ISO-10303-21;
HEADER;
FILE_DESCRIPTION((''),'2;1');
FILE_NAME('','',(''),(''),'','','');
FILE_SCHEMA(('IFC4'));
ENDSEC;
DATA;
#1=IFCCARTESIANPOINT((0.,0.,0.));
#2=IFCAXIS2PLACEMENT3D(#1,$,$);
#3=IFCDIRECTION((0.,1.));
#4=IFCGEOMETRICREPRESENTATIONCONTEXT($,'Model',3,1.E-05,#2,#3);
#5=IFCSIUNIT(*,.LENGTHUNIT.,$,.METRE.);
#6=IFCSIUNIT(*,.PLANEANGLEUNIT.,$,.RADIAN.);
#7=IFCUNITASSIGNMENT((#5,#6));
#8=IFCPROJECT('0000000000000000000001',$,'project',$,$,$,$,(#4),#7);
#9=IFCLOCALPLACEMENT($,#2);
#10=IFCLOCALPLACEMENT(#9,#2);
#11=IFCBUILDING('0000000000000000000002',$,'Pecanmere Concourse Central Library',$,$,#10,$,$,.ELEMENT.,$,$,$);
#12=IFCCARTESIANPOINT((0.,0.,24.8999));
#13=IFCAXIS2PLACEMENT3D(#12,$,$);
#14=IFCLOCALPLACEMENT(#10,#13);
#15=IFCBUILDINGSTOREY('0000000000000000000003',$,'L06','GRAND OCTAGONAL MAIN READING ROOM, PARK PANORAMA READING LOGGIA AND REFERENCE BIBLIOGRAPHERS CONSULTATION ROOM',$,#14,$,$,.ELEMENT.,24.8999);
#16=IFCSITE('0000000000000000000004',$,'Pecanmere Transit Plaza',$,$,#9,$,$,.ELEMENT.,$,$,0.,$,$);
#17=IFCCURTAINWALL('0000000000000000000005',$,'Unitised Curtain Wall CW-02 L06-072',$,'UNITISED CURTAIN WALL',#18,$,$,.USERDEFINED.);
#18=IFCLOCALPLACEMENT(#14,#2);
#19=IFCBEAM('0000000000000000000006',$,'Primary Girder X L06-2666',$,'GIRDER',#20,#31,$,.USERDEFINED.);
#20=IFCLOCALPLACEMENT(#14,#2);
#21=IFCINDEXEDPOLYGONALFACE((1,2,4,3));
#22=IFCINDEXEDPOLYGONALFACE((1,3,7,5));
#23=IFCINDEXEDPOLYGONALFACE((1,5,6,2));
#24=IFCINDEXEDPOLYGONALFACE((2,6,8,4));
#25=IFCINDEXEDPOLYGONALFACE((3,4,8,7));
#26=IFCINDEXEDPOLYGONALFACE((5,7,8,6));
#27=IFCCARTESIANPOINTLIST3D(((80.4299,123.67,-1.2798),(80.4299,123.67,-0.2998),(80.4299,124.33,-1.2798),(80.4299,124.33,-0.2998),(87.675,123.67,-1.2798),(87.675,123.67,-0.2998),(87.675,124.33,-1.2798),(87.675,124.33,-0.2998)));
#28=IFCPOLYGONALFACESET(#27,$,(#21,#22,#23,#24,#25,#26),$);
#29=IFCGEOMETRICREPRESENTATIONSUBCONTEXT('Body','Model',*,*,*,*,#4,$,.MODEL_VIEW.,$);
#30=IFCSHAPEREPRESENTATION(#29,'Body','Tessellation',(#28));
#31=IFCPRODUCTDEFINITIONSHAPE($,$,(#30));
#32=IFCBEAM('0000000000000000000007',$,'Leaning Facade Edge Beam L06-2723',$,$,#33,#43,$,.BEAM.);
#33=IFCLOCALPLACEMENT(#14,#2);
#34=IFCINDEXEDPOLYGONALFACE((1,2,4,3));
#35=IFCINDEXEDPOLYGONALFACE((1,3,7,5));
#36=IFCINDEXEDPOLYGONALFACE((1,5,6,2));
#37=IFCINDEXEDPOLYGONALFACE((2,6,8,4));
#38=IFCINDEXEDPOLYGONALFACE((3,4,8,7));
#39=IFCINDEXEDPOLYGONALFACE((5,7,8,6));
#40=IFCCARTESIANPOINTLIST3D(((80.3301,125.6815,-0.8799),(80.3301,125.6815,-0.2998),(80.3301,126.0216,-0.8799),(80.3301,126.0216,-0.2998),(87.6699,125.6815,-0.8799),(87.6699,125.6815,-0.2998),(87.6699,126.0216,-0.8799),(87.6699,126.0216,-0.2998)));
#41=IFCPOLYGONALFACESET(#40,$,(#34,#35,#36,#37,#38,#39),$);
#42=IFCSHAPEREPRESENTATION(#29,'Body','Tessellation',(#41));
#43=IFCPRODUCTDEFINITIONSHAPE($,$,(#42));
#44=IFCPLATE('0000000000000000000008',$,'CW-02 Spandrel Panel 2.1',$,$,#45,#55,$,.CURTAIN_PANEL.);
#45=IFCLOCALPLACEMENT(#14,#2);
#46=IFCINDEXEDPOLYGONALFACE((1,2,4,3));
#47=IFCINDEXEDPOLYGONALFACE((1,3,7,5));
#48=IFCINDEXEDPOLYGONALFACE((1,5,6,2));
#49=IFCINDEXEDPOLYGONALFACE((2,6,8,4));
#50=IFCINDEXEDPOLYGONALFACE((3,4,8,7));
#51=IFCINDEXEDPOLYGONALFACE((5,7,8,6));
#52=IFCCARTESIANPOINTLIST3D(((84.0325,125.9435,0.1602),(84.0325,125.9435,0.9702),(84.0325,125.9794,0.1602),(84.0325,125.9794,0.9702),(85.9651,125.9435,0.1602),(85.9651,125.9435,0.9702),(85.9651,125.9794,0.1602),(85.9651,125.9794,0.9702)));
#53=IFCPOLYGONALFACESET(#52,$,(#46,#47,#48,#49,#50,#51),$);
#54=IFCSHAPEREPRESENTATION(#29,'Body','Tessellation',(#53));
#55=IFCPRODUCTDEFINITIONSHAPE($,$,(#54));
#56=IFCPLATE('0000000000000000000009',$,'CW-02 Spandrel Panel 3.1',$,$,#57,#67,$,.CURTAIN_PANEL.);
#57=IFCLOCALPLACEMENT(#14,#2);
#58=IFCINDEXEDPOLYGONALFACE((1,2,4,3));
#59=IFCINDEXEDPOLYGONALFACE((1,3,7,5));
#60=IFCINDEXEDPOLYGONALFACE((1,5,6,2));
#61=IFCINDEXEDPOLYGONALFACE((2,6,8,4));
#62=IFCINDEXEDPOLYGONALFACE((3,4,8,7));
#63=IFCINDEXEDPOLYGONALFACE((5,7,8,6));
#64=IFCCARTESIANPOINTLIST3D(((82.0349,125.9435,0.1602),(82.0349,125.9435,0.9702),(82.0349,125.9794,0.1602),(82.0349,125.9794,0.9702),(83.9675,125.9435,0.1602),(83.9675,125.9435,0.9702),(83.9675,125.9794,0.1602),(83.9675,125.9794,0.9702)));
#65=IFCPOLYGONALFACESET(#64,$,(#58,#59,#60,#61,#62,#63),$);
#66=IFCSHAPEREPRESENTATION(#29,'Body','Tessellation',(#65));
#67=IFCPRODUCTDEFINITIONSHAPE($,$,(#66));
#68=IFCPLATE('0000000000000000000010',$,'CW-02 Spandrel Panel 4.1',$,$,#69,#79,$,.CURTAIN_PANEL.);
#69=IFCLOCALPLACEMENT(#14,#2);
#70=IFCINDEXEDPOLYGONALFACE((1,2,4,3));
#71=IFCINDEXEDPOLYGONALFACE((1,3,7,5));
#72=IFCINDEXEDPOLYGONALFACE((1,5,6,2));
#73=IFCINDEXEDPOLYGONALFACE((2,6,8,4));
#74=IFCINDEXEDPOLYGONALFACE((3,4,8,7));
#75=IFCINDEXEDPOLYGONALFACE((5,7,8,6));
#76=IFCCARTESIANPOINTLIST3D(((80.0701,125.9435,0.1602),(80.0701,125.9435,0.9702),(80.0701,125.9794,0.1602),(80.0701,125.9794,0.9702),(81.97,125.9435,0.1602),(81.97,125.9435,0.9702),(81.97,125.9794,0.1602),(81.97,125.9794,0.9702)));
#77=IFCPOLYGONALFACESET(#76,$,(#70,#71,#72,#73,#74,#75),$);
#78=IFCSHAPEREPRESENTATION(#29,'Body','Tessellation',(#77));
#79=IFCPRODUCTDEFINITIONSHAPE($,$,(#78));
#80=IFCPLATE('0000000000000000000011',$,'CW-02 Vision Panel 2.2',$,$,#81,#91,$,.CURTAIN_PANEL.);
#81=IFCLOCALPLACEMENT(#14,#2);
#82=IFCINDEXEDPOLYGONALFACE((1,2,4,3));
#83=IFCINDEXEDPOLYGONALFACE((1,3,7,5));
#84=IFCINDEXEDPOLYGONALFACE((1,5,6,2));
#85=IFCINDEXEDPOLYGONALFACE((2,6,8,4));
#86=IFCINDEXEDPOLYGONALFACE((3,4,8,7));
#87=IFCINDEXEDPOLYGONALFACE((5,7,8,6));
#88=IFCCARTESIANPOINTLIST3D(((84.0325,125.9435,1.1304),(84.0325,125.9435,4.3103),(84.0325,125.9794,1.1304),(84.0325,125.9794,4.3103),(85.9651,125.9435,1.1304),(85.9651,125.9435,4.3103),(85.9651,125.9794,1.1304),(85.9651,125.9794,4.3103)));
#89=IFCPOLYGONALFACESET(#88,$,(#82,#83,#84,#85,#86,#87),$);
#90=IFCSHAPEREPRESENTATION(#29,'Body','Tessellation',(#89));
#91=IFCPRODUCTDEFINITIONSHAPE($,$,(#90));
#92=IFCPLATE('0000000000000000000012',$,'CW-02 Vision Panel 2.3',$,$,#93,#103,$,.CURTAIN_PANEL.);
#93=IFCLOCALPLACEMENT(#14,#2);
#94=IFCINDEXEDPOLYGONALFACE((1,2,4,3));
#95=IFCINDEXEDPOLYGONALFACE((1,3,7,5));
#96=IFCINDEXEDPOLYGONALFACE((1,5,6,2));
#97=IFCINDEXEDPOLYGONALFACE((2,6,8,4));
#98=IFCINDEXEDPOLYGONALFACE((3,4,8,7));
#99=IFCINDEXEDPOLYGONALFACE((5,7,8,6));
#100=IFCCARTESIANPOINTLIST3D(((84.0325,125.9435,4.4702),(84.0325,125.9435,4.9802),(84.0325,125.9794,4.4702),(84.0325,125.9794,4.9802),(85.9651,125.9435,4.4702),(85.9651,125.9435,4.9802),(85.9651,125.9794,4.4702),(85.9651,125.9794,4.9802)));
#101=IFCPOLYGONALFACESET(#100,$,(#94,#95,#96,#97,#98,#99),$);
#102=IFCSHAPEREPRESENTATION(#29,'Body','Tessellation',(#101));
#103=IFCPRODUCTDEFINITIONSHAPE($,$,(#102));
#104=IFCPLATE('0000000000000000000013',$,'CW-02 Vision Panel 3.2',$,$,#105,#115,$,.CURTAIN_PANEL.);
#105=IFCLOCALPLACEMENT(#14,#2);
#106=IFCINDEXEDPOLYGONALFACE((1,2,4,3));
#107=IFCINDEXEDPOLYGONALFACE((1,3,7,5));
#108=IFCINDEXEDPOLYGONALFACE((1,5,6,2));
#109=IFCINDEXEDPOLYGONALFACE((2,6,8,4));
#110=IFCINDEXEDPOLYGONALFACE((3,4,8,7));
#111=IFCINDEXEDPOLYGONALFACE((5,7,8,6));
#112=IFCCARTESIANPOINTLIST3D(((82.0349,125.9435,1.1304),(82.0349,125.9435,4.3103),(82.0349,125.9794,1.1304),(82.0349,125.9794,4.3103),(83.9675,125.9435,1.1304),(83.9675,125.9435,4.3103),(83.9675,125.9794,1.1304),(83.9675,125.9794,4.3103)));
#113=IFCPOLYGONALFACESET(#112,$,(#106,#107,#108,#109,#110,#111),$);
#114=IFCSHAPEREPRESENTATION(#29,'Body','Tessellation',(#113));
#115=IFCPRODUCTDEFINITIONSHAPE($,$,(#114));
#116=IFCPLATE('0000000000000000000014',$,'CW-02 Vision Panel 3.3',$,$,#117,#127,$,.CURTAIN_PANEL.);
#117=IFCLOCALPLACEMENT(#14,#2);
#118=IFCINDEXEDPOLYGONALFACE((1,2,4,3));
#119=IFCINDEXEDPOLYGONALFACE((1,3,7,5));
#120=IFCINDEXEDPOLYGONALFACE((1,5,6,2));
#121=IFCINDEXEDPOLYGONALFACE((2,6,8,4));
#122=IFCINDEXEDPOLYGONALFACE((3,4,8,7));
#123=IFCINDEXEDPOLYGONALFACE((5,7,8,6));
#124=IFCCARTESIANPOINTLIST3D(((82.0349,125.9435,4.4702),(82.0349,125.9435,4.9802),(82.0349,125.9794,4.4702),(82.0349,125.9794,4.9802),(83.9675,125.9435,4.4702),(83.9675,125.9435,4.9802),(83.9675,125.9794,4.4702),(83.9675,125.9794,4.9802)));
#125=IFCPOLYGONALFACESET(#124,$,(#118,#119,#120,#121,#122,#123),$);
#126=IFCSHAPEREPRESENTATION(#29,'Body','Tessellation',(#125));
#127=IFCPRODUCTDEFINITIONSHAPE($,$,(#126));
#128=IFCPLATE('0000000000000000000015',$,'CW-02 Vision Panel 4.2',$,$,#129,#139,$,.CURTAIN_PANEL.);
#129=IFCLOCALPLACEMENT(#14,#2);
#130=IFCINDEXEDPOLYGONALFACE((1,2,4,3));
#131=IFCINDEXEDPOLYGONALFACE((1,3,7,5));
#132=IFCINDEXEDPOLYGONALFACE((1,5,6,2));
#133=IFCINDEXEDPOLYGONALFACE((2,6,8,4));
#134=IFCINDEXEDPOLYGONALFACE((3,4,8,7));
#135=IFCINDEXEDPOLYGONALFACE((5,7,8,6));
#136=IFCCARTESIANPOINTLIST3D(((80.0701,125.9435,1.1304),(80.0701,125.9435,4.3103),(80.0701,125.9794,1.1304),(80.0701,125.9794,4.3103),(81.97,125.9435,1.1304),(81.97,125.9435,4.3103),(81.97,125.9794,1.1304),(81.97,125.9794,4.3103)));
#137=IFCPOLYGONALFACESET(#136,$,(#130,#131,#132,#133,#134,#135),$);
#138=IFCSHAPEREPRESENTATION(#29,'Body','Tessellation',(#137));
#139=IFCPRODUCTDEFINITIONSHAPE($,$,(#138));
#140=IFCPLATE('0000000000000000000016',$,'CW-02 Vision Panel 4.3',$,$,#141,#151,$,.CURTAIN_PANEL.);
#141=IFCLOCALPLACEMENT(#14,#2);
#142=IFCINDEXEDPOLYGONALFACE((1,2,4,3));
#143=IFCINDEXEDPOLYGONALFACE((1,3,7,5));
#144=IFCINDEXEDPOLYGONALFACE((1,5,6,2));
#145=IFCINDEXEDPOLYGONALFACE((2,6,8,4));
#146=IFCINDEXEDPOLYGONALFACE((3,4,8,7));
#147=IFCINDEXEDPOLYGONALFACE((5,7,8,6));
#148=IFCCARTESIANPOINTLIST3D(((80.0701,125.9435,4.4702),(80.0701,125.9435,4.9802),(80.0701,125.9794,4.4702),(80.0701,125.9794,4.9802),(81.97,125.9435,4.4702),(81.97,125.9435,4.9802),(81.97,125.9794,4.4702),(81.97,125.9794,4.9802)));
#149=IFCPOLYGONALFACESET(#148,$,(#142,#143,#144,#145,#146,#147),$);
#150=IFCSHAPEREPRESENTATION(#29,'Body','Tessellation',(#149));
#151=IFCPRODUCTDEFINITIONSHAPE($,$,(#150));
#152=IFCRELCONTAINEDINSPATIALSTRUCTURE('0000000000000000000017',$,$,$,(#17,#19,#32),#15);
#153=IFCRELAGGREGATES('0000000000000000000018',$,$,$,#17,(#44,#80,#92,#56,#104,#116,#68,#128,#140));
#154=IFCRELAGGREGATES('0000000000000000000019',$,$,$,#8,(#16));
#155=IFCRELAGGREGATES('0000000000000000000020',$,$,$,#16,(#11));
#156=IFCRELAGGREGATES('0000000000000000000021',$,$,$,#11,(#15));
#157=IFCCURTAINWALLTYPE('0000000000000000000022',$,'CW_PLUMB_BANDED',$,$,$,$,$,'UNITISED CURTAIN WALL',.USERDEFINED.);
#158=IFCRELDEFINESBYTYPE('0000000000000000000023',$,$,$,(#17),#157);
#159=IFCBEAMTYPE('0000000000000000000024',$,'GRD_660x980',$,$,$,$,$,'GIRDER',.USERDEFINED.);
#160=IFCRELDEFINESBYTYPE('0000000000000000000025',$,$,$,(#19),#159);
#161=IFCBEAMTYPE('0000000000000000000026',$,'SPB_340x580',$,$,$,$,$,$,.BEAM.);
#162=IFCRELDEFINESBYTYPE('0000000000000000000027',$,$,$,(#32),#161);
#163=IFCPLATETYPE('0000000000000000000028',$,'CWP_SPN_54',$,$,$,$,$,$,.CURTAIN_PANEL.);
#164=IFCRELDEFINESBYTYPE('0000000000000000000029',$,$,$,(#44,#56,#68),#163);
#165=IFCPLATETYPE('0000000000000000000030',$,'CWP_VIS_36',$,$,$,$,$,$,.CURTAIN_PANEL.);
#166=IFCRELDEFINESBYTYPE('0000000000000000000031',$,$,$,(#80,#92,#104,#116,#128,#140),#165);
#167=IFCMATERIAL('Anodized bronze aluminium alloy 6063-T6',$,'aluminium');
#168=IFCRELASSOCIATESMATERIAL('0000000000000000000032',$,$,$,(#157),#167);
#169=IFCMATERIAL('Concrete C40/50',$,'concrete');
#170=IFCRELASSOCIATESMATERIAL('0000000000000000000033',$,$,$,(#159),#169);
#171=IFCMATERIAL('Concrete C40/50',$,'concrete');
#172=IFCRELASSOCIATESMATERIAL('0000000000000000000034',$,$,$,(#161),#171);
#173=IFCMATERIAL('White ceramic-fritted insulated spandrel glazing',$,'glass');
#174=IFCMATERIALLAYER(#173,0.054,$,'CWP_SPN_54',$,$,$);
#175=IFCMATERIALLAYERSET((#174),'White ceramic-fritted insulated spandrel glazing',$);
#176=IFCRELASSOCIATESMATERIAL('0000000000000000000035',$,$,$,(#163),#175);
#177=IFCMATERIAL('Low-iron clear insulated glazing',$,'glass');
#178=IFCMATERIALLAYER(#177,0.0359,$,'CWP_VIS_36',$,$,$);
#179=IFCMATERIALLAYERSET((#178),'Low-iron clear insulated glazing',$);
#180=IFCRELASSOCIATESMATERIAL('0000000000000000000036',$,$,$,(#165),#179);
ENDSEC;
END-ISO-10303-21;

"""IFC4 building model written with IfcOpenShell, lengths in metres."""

from ifc_helpers import new_model, si_unit, direction, frame, origin, origin_2d, place, context, subcontext, project, spatial, rectangle, extrude, material, layer, layer_set, material_profile, profile_set, type_object, element, aggregate, save


model = new_model("IFC4")

# Units and contexts
model_context = context("Model", 3, precision=1e-05, world=origin(), true_north=direction((0.0, 1.0)))
body_context = subcontext(model_context, "Body", "Model", "MODEL_VIEW")
ifc_project = project(units=[si_unit("LENGTHUNIT", "METRE"), si_unit("PLANEANGLEUNIT", "RADIAN")], contexts=[model_context])

# Site, building, storey
site_placement = place(None, origin())
site = spatial("IfcSite", under=ifc_project, at=site_placement, Name="Pecanmere Transit Plaza", CompositionType="ELEMENT", RefElevation=0.0)
building_placement = place(site_placement, origin())
building = spatial("IfcBuilding", under=site, at=building_placement, Name="Pecanmere Concourse Central Library", CompositionType="ELEMENT")
storey_placement = place(building_placement, frame((0.0, 0.0, 24.8999)))
storey = spatial("IfcBuildingStorey", under=building, at=storey_placement, Name="L06", Description="GRAND OCTAGONAL MAIN READING ROOM, PARK PANORAMA READING LOGGIA AND REFERENCE BIBLIOGRAPHERS CONSULTATION ROOM", CompositionType="ELEMENT", Elevation=24.8999)

# Curtain wall
ifc_material_1 = material(Name="Anodized bronze aluminium alloy 6063-T6", Category="aluminium")
curtain_wall_type = type_object("IfcCurtainWallType", Name="CW_PLUMB_BANDED", ElementType="UNITISED CURTAIN WALL", PredefinedType="USERDEFINED", material=ifc_material_1)
curtain_wall_placement = place(storey_placement, origin())
curtain_wall = element("IfcCurtainWall", 1, at=curtain_wall_placement, inside=storey, type_object=curtain_wall_type, Name="Unitised Curtain Wall CW-02 L06-072", ObjectType="UNITISED CURTAIN WALL", PredefinedType="USERDEFINED")

# Beams
ifc_material_2 = material(Name="Concrete C40/50", Category="concrete")
ifc_material_profile_1 = material_profile(ifc_material_2, rectangle(XDim=0.6599, YDim=0.98, at=origin_2d()), Name="RC 660x980")
ifc_profile_set_1 = profile_set([ifc_material_profile_1], Name="Concrete C40/50")
beam_type_1 = type_object("IfcBeamType", Name="GRD_660x980", ElementType="GIRDER", PredefinedType="USERDEFINED", material=ifc_profile_set_1)
beam_1_placement = place(storey_placement, frame((80.4299, 124.0, -0.7898), z_axis=(1.0, 0.0, 0.0), x_axis=(0.0, 1.0, 0.0)))
element("IfcBeam", 2, at=beam_1_placement, inside=storey, type_object=beam_type_1, Name="Primary Girder X L06-2666", ObjectType="GIRDER", PredefinedType="USERDEFINED", context=body_context, shape_type="SweptSolid", body=[
    extrude(rectangle(XDim=0.6599, YDim=0.98, at=origin_2d()), origin(), (0.0, 0.0, 1.0), 7.2451),
])
ifc_material_3 = material(Name="Concrete C40/50", Category="concrete")
ifc_material_profile_2 = material_profile(ifc_material_3, rectangle(XDim=0.3401, YDim=0.5801, at=origin_2d()), Name="RC 340x580")
ifc_profile_set_2 = profile_set([ifc_material_profile_2], Name="Concrete C40/50")
beam_type_2 = type_object("IfcBeamType", Name="SPB_340x580", PredefinedType="BEAM", material=ifc_profile_set_2)
beam_2_placement = place(storey_placement, frame((80.3301, 125.8516, -0.5898), z_axis=(1.0, 0.0, 0.0), x_axis=(0.0, 1.0, 0.0)))
element("IfcBeam", 3, at=beam_2_placement, inside=storey, type_object=beam_type_2, Name="Leaning Facade Edge Beam L06-2723", PredefinedType="BEAM", context=body_context, shape_type="SweptSolid", body=[
    extrude(rectangle(XDim=0.3401, YDim=0.5801, at=origin_2d()), origin(), (0.0, 0.0, 1.0), 7.3398),
])

# Plates
ifc_material_4 = material(Name="White ceramic-fritted insulated spandrel glazing", Category="glass")
ifc_layer_1 = layer(ifc_material_4, 0.054, Name="CWP_SPN_54")
ifc_layer_set_1 = layer_set([ifc_layer_1], Name="White ceramic-fritted insulated spandrel glazing")
plate_type_1 = type_object("IfcPlateType", Name="CWP_SPN_54", PredefinedType="CURTAIN_PANEL", material=ifc_layer_set_1)
plate_1_placement = place(storey_placement, frame((84.9988, 125.9614, 0.1602), z_axis=(0.0, 0.0, 1.0), x_axis=(-1.0, 0.0, 0.0)))
plate_1 = element("IfcPlate", 4, at=plate_1_placement, type_object=plate_type_1, Name="CW-02 Spandrel Panel 2.1", PredefinedType="CURTAIN_PANEL", context=body_context, shape_type="SweptSolid", body=[
    extrude(rectangle(XDim=1.9326, YDim=0.0359, at=origin_2d()), origin(), (0.0, 0.0, 1.0), 0.8101),
])
plate_2_placement = place(storey_placement, frame((83.0012, 125.9614, 0.1602), z_axis=(0.0, 0.0, 1.0), x_axis=(-1.0, 0.0, 0.0)))
plate_2 = element("IfcPlate", 5, at=plate_2_placement, type_object=plate_type_1, Name="CW-02 Spandrel Panel 3.1", PredefinedType="CURTAIN_PANEL", context=body_context, shape_type="SweptSolid", body=[
    extrude(rectangle(XDim=1.9326, YDim=0.0359, at=origin_2d()), origin(), (0.0, 0.0, 1.0), 0.8101),
])
plate_3_placement = place(storey_placement, frame((81.02, 125.9614, 0.1602), z_axis=(0.0, 0.0, 1.0), x_axis=(-1.0, 0.0, 0.0)))
plate_3 = element("IfcPlate", 6, at=plate_3_placement, type_object=plate_type_1, Name="CW-02 Spandrel Panel 4.1", PredefinedType="CURTAIN_PANEL", context=body_context, shape_type="SweptSolid", body=[
    extrude(rectangle(XDim=1.8999, YDim=0.0359, at=origin_2d()), origin(), (0.0, 0.0, 1.0), 0.8101),
])
ifc_material_5 = material(Name="Low-iron clear insulated glazing", Category="glass")
ifc_layer_2 = layer(ifc_material_5, 0.0359, Name="CWP_VIS_36")
ifc_layer_set_2 = layer_set([ifc_layer_2], Name="Low-iron clear insulated glazing")
plate_type_2 = type_object("IfcPlateType", Name="CWP_VIS_36", PredefinedType="CURTAIN_PANEL", material=ifc_layer_set_2)
plate_4_placement = place(storey_placement, frame((84.9988, 125.9614, 1.1304), z_axis=(0.0, 0.0, 1.0), x_axis=(-1.0, 0.0, 0.0)))
plate_4 = element("IfcPlate", 7, at=plate_4_placement, type_object=plate_type_2, Name="CW-02 Vision Panel 2.2", PredefinedType="CURTAIN_PANEL", context=body_context, shape_type="SweptSolid", body=[
    extrude(rectangle(XDim=1.9326, YDim=0.0359, at=origin_2d()), origin(), (0.0, 0.0, 1.0), 3.1799),
])
plate_5_placement = place(storey_placement, frame((84.9988, 125.9614, 4.4702), z_axis=(0.0, 0.0, 1.0), x_axis=(-1.0, 0.0, 0.0)))
plate_5 = element("IfcPlate", 8, at=plate_5_placement, type_object=plate_type_2, Name="CW-02 Vision Panel 2.3", PredefinedType="CURTAIN_PANEL", context=body_context, shape_type="SweptSolid", body=[
    extrude(rectangle(XDim=1.9326, YDim=0.0359, at=origin_2d()), origin(), (0.0, 0.0, 1.0), 0.51),
])
plate_6_placement = place(storey_placement, frame((83.0012, 125.9614, 1.1304), z_axis=(0.0, 0.0, 1.0), x_axis=(-1.0, 0.0, 0.0)))
plate_6 = element("IfcPlate", 9, at=plate_6_placement, type_object=plate_type_2, Name="CW-02 Vision Panel 3.2", PredefinedType="CURTAIN_PANEL", context=body_context, shape_type="SweptSolid", body=[
    extrude(rectangle(XDim=1.9326, YDim=0.0359, at=origin_2d()), origin(), (0.0, 0.0, 1.0), 3.1799),
])
plate_7_placement = place(storey_placement, frame((83.0012, 125.9614, 4.4702), z_axis=(0.0, 0.0, 1.0), x_axis=(-1.0, 0.0, 0.0)))
plate_7 = element("IfcPlate", 10, at=plate_7_placement, type_object=plate_type_2, Name="CW-02 Vision Panel 3.3", PredefinedType="CURTAIN_PANEL", context=body_context, shape_type="SweptSolid", body=[
    extrude(rectangle(XDim=1.9326, YDim=0.0359, at=origin_2d()), origin(), (0.0, 0.0, 1.0), 0.51),
])
plate_8_placement = place(storey_placement, frame((81.02, 125.9614, 1.1304), z_axis=(0.0, 0.0, 1.0), x_axis=(-1.0, 0.0, 0.0)))
plate_8 = element("IfcPlate", 11, at=plate_8_placement, type_object=plate_type_2, Name="CW-02 Vision Panel 4.2", PredefinedType="CURTAIN_PANEL", context=body_context, shape_type="SweptSolid", body=[
    extrude(rectangle(XDim=1.8999, YDim=0.0359, at=origin_2d()), origin(), (0.0, 0.0, 1.0), 3.1799),
])
plate_9_placement = place(storey_placement, frame((81.02, 125.9614, 4.4702), z_axis=(0.0, 0.0, 1.0), x_axis=(-1.0, 0.0, 0.0)))
plate_9 = element("IfcPlate", 12, at=plate_9_placement, type_object=plate_type_2, Name="CW-02 Vision Panel 4.3", PredefinedType="CURTAIN_PANEL", context=body_context, shape_type="SweptSolid", body=[
    extrude(rectangle(XDim=1.8999, YDim=0.0359, at=origin_2d()), origin(), (0.0, 0.0, 1.0), 0.51),
])
aggregate(curtain_wall, [plate_1, plate_4, plate_5, plate_2, plate_6, plate_7, plate_3, plate_8, plate_9])

save(model, "model.ifc")
